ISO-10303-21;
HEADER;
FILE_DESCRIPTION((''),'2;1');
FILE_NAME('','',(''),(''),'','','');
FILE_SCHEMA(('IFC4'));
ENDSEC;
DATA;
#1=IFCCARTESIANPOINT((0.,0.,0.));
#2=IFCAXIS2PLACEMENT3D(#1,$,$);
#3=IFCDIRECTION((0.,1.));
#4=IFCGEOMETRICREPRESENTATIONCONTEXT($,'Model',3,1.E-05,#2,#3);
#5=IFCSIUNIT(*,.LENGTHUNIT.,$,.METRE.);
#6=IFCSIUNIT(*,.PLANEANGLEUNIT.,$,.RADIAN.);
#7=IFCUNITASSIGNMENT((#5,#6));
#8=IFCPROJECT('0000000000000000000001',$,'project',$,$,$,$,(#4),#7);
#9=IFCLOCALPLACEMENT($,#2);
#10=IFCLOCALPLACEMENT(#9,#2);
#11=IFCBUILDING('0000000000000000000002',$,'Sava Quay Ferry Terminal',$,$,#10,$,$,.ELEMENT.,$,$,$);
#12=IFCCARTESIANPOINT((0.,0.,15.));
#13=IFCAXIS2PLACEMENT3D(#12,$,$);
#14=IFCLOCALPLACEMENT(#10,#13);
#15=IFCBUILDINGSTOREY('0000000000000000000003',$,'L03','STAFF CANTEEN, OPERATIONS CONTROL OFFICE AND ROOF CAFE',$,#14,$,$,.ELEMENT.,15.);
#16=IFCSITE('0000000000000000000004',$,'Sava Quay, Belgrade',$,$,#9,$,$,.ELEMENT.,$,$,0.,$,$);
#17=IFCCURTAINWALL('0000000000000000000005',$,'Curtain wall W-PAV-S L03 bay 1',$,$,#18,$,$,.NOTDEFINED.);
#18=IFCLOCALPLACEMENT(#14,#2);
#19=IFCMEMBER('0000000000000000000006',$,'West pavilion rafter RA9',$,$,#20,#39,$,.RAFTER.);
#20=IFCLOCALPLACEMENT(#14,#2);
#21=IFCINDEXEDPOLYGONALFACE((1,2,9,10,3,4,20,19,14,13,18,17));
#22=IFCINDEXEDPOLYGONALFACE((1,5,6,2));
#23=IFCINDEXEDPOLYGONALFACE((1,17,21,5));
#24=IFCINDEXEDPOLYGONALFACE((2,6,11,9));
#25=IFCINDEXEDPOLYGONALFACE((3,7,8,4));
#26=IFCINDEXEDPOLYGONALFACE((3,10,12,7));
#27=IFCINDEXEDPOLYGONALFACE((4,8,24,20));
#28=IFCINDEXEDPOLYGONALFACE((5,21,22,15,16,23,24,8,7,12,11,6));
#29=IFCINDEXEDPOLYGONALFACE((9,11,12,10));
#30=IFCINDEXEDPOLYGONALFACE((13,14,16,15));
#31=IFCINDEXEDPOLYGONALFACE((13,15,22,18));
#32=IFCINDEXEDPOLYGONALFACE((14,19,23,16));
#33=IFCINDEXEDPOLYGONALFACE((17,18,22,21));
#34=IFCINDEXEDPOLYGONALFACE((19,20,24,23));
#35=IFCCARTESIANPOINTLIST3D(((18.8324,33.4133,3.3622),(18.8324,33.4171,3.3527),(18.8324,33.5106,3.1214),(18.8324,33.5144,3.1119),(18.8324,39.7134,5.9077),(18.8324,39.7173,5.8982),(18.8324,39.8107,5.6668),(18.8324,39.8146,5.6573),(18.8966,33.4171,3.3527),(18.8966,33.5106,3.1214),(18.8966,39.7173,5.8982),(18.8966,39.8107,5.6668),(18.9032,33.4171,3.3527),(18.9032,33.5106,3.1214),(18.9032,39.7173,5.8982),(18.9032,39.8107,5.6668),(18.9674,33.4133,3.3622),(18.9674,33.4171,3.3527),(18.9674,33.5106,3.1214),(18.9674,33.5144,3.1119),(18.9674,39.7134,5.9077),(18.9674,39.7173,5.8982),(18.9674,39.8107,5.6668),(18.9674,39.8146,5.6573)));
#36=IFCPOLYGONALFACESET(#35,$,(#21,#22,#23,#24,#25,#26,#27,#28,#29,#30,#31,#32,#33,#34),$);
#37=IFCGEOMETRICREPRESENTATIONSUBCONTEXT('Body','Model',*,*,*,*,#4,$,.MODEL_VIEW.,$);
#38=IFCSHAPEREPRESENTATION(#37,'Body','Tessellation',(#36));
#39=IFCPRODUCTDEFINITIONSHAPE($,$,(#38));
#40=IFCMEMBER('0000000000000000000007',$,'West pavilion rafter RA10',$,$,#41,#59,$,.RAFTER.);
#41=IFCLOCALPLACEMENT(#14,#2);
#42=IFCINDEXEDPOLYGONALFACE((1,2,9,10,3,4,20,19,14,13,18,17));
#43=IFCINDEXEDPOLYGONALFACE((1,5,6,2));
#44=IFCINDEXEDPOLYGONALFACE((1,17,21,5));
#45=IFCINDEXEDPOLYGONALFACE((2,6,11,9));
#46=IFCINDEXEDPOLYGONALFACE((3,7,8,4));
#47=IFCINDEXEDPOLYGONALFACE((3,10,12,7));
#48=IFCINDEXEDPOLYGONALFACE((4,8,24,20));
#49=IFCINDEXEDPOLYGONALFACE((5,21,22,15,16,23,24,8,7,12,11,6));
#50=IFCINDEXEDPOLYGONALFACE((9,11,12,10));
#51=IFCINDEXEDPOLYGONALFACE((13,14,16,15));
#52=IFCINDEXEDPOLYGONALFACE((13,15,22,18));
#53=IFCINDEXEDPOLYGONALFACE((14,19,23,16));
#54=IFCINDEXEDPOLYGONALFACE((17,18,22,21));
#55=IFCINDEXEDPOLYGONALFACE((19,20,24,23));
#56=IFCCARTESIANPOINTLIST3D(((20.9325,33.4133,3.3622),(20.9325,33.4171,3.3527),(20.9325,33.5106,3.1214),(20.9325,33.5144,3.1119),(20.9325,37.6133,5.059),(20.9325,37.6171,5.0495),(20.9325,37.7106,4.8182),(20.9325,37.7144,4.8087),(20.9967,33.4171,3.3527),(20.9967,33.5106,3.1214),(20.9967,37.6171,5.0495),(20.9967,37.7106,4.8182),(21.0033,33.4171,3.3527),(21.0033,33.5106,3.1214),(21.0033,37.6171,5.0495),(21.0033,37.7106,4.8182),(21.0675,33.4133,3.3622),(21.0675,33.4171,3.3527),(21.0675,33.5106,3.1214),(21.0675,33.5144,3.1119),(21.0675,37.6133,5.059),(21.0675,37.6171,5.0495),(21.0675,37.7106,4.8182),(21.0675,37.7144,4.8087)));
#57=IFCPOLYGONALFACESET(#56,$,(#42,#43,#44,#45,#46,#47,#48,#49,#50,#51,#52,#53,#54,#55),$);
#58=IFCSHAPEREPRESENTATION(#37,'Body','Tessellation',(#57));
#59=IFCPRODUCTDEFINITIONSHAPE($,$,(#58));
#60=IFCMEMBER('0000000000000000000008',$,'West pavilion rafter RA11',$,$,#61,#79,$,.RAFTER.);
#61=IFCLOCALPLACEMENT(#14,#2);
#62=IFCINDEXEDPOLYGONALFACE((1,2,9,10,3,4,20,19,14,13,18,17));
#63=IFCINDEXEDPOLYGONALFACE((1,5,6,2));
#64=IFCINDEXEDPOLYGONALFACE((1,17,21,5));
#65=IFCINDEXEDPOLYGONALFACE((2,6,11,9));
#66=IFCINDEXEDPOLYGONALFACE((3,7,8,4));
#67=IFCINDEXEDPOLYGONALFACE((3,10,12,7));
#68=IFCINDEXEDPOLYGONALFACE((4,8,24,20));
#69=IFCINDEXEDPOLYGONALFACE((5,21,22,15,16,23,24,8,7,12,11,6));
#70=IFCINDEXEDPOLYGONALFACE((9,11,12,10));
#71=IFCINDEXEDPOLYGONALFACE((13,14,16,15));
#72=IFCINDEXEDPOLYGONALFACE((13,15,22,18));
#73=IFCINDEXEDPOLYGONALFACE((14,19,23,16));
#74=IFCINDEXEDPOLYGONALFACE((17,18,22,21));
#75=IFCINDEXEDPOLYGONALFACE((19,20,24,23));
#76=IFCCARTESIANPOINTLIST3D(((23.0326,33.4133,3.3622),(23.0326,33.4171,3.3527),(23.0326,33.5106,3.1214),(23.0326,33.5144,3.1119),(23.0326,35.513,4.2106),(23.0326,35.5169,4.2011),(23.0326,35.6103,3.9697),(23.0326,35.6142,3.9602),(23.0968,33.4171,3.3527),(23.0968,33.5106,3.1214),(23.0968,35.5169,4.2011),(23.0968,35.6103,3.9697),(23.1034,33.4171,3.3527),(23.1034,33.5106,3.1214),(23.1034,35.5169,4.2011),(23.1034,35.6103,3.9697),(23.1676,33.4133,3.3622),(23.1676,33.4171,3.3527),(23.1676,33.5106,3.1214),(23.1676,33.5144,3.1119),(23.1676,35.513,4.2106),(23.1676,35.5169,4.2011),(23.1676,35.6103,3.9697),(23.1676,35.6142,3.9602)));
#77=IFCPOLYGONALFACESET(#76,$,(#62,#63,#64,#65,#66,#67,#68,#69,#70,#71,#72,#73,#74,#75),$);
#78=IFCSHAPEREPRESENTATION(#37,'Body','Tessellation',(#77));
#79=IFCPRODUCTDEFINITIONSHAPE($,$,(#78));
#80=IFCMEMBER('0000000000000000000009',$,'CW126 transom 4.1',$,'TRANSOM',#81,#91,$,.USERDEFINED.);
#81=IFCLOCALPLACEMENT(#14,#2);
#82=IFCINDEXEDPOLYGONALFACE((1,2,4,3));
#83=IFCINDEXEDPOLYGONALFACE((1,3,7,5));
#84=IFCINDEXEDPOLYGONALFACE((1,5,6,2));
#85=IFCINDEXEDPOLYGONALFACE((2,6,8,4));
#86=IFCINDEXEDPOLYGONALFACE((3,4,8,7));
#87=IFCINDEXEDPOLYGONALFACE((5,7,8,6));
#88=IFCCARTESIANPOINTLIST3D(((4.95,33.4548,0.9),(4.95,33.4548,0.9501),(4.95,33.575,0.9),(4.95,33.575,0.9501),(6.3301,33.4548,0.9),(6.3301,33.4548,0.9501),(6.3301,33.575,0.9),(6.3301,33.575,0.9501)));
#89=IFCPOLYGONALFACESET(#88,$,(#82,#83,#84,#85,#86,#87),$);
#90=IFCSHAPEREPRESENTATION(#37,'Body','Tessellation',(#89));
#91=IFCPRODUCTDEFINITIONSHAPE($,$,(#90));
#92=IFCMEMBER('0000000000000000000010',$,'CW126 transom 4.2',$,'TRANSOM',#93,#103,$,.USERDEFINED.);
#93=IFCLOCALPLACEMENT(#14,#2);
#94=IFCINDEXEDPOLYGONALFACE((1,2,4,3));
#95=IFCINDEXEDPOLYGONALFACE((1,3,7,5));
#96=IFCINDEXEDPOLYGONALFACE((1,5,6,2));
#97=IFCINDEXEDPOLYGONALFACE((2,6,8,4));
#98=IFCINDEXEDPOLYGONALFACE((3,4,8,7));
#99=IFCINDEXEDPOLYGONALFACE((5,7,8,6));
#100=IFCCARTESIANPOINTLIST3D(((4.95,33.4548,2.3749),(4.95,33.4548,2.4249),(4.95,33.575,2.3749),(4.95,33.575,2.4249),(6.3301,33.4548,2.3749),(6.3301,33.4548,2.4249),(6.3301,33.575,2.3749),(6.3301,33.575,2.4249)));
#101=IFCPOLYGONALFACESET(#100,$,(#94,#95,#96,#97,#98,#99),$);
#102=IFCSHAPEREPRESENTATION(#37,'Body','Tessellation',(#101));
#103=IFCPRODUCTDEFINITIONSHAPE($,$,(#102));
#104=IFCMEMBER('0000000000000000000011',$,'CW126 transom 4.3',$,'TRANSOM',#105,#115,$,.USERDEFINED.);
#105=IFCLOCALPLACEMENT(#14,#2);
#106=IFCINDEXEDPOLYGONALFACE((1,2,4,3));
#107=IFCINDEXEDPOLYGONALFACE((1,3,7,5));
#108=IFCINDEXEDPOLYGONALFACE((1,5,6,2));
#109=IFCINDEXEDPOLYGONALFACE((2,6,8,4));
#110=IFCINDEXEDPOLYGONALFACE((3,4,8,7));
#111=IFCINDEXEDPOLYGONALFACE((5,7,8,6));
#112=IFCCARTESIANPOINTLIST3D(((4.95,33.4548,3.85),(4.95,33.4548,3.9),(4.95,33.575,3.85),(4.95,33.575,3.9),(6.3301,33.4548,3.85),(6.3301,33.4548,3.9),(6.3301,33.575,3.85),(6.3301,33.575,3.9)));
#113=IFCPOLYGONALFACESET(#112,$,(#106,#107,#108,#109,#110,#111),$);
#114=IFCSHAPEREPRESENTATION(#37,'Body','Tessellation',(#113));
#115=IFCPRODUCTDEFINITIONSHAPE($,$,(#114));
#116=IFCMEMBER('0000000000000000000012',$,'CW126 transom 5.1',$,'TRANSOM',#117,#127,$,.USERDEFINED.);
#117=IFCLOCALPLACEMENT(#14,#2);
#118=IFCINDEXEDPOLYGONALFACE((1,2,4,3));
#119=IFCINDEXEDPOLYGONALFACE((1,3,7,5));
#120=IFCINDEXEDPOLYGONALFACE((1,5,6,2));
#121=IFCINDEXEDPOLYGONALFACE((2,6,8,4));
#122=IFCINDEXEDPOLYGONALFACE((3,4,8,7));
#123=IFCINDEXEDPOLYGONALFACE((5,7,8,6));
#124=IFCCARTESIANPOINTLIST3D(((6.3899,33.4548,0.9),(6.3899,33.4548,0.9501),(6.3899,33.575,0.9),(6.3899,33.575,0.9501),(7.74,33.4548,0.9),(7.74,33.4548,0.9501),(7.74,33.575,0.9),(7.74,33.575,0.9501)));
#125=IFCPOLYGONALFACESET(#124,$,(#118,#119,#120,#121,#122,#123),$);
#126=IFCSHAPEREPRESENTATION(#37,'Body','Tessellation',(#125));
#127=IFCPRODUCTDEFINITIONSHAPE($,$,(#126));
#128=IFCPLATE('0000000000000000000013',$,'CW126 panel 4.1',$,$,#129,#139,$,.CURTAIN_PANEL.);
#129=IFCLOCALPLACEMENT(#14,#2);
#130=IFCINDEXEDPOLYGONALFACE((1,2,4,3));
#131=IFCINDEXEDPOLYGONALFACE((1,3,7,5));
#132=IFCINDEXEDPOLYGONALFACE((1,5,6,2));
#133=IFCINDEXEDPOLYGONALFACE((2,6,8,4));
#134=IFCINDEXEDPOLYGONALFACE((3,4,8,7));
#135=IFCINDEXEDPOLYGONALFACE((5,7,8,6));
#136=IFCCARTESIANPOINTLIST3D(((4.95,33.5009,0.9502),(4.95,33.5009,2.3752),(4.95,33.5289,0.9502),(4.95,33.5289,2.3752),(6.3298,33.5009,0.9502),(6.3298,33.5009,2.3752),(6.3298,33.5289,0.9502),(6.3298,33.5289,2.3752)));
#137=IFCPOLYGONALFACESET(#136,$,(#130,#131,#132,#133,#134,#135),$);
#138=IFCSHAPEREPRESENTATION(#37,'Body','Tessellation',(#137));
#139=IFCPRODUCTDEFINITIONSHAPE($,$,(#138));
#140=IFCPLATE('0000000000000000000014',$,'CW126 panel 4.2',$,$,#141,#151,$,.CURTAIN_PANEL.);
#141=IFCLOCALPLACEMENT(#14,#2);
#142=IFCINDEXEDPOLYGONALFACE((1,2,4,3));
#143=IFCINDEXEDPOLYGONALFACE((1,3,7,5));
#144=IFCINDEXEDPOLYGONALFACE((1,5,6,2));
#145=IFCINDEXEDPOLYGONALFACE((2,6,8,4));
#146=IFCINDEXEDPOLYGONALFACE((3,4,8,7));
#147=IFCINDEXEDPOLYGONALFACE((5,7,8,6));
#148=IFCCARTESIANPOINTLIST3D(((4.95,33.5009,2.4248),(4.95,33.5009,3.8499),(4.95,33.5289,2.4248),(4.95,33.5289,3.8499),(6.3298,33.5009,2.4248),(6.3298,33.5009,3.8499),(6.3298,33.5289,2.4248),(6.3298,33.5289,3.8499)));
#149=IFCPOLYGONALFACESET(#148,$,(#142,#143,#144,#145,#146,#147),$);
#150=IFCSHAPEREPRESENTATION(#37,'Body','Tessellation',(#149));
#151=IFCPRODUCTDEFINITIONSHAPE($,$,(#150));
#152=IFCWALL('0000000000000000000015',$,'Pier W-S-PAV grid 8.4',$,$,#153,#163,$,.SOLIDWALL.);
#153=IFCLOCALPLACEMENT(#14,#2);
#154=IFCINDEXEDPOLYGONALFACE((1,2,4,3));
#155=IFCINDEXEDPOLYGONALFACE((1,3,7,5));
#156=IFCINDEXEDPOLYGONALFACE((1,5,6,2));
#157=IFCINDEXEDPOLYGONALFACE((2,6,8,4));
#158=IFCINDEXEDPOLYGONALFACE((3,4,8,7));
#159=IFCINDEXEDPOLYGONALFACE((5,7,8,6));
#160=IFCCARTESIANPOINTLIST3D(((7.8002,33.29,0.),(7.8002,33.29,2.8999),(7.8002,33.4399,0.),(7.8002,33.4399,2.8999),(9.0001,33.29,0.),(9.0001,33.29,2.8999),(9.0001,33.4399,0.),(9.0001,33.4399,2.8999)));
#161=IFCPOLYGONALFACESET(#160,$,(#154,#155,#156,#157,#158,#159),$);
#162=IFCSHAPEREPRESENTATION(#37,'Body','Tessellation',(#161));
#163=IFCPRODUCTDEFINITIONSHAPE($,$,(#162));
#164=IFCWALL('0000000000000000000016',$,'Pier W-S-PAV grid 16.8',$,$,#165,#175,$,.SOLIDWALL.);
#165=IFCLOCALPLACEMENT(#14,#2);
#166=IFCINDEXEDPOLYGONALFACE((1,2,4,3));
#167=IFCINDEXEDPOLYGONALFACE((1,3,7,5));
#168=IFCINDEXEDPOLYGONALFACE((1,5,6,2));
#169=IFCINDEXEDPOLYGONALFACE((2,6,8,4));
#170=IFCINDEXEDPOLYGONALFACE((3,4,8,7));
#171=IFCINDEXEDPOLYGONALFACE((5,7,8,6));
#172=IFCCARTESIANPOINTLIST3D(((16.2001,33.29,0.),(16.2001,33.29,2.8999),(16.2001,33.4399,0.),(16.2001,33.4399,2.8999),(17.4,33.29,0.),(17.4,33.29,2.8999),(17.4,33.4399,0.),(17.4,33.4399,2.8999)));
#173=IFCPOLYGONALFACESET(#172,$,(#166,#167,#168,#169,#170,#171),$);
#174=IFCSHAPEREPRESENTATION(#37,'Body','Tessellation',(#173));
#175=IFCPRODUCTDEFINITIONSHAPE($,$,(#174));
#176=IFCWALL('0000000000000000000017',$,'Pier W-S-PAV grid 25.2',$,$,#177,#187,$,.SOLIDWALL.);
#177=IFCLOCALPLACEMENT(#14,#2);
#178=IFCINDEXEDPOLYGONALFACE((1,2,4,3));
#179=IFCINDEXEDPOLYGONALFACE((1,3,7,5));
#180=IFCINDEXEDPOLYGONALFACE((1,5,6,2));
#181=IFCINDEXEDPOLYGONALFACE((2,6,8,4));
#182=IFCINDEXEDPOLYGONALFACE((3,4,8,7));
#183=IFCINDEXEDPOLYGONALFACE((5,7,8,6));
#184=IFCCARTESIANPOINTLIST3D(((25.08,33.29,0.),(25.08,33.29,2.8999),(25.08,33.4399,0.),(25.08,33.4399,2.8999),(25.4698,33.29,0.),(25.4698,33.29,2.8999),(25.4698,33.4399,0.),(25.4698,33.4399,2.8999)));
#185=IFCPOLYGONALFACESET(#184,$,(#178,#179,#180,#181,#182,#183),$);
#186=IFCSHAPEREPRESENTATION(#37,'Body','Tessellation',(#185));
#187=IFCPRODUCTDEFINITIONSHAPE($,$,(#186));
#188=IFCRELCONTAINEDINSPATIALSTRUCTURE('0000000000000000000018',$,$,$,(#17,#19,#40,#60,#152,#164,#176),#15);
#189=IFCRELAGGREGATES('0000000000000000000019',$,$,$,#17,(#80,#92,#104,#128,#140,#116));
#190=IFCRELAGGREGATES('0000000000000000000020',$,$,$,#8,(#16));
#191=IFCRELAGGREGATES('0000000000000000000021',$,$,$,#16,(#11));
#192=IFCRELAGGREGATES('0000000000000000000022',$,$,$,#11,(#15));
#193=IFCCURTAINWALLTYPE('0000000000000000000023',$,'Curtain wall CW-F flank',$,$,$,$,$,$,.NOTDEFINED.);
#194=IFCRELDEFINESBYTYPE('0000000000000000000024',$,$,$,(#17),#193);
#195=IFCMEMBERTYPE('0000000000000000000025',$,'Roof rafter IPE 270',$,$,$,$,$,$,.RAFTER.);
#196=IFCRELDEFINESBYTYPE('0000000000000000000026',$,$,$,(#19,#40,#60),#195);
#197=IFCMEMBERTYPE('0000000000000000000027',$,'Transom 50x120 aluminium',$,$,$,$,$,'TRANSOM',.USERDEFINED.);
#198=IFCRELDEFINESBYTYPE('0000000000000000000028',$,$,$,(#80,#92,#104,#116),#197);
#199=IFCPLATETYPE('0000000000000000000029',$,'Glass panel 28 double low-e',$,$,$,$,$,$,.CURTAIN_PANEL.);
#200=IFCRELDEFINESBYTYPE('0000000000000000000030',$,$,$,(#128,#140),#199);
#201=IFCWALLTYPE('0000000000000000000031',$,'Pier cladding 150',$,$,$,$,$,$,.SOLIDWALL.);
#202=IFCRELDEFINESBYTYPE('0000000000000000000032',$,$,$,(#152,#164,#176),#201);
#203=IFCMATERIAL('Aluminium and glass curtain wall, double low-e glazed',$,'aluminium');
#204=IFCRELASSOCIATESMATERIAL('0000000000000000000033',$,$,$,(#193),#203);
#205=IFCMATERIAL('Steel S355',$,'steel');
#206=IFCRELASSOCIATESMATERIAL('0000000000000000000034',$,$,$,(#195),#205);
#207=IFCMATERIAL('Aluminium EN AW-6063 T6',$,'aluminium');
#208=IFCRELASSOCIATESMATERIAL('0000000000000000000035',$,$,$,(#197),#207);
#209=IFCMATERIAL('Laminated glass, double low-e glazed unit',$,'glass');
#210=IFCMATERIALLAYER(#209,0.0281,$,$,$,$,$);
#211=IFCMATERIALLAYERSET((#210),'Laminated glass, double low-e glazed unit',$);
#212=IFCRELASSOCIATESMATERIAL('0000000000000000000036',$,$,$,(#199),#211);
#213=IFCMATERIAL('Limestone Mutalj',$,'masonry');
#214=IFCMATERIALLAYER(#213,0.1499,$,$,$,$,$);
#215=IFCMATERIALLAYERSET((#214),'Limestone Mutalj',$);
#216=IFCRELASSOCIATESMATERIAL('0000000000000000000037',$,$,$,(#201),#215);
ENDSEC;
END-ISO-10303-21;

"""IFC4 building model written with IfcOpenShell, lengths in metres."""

from ifc_helpers import new_model, si_unit, direction, frame, frame_2d, origin, origin_2d, place, context, subcontext, project, spatial, rectangle, i_section, extrude, material, layer, layer_set, material_profile, profile_set, type_object, element, aggregate, save


model = new_model("IFC4")

# Units and contexts
model_context = context("Model", 3, precision=1e-05, world=origin(), true_north=direction((0.0, 1.0)))
body_context = subcontext(model_context, "Body", "Model", "MODEL_VIEW")
ifc_project = project(units=[si_unit("LENGTHUNIT", "METRE"), si_unit("PLANEANGLEUNIT", "RADIAN")], contexts=[model_context])

# Site, building, storey
site_placement = place(None, origin())
site = spatial("IfcSite", under=ifc_project, at=site_placement, Name="Sava Quay, Belgrade", CompositionType="ELEMENT", RefElevation=0.0)
building_placement = place(site_placement, origin())
building = spatial("IfcBuilding", under=site, at=building_placement, Name="Sava Quay Ferry Terminal", CompositionType="ELEMENT")
storey_placement = place(building_placement, frame((0.0, 0.0, 15.0)))
storey = spatial("IfcBuildingStorey", under=building, at=storey_placement, Name="L03", Description="STAFF CANTEEN, OPERATIONS CONTROL OFFICE AND ROOF CAFE", CompositionType="ELEMENT", Elevation=15.0)

# Curtain wall
ifc_material_1 = material(Name="Aluminium and glass curtain wall, double low-e glazed", Category="aluminium")
curtain_wall_type = type_object("IfcCurtainWallType", Name="Curtain wall CW-F flank", PredefinedType="NOTDEFINED", material=ifc_material_1)
curtain_wall_placement = place(storey_placement, origin())
curtain_wall = element("IfcCurtainWall", 1, at=curtain_wall_placement, inside=storey, type_object=curtain_wall_type, Name="Curtain wall W-PAV-S L03 bay 1", PredefinedType="NOTDEFINED")

# Members
ifc_material_2 = material(Name="Steel S355", Category="steel")
ifc_material_profile_1 = material_profile(ifc_material_2, i_section(OverallWidth=0.135, OverallDepth=0.27, WebThickness=0.0066, FlangeThickness=0.0103, at=origin_2d()), Name="IPE 270")
ifc_profile_set_1 = profile_set([ifc_material_profile_1], Name="Steel S355")
member_type_1 = type_object("IfcMemberType", Name="Roof rafter IPE 270", PredefinedType="RAFTER", material=ifc_profile_set_1)
member_1_placement = place(storey_placement, frame((18.8999, 33.4639, 3.2371), z_axis=(0.0, 0.927183, 0.37461), x_axis=(-1.0, 0.0, 0.0)))
element("IfcMember", 2, at=member_1_placement, inside=storey, type_object=member_type_1, Name="West pavilion rafter RA9", PredefinedType="RAFTER", context=body_context, shape_type="SweptSolid", body=[
    extrude(i_section(OverallWidth=0.135, OverallDepth=0.27, WebThickness=0.0066, FlangeThickness=0.0103, at=origin_2d()), origin(), (0.0, 0.0, 1.0), 6.7949),
])
member_2_placement = place(storey_placement, frame((21.0, 33.4639, 3.2371), z_axis=(0.0, 0.927193, 0.374585), x_axis=(-1.0, 0.0, 0.0)))
element("IfcMember", 3, at=member_2_placement, inside=storey, type_object=member_type_1, Name="West pavilion rafter RA10", PredefinedType="RAFTER", context=body_context, shape_type="SweptSolid", body=[
    extrude(i_section(OverallWidth=0.135, OverallDepth=0.27, WebThickness=0.0066, FlangeThickness=0.0103, at=origin_2d()), origin(), (0.0, 0.0, 1.0), 4.5298),
])
member_3_placement = place(storey_placement, frame((23.1001, 33.4639, 3.2371), z_axis=(0.0, 0.927185, 0.374604), x_axis=(-1.0, 0.0, 0.0)))
element("IfcMember", 4, at=member_3_placement, inside=storey, type_object=member_type_1, Name="West pavilion rafter RA11", PredefinedType="RAFTER", context=body_context, shape_type="SweptSolid", body=[
    extrude(i_section(OverallWidth=0.135, OverallDepth=0.27, WebThickness=0.0066, FlangeThickness=0.0103, at=origin_2d()), origin(), (0.0, 0.0, 1.0), 2.2646),
])

# Members
ifc_material_3 = material(Name="Aluminium EN AW-6063 T6", Category="aluminium")
ifc_material_profile_2 = material_profile(ifc_material_3, rectangle(XDim=0.1201, YDim=0.05, at=origin_2d()), Name="Transom 50x120 aluminium")
ifc_profile_set_2 = profile_set([ifc_material_profile_2], Name="Aluminium EN AW-6063 T6")
member_type_2 = type_object("IfcMemberType", Name="Transom 50x120 aluminium", ElementType="TRANSOM", PredefinedType="USERDEFINED", material=ifc_profile_set_2)
member_4_placement = place(storey_placement, frame((4.95, 33.5149, 0.925), z_axis=(1.0, 0.0, 0.0), x_axis=(0.0, 1.0, 0.0)))
member_4 = element("IfcMember", 5, at=member_4_placement, type_object=member_type_2, Name="CW126 transom 4.1", ObjectType="TRANSOM", PredefinedType="USERDEFINED", context=body_context, shape_type="SweptSolid", body=[
    extrude(rectangle(XDim=0.1201, YDim=0.05, at=origin_2d()), origin(), (0.0, 0.0, 1.0), 1.3801),
])
member_5_placement = place(storey_placement, frame((4.95, 33.5149, 2.3999), z_axis=(1.0, 0.0, 0.0), x_axis=(0.0, 1.0, 0.0)))
member_5 = element("IfcMember", 6, at=member_5_placement, type_object=member_type_2, Name="CW126 transom 4.2", ObjectType="TRANSOM", PredefinedType="USERDEFINED", context=body_context, shape_type="SweptSolid", body=[
    extrude(rectangle(XDim=0.1201, YDim=0.05, at=origin_2d()), origin(), (0.0, 0.0, 1.0), 1.3801),
])
member_6_placement = place(storey_placement, frame((4.95, 33.5149, 3.875), z_axis=(1.0, 0.0, 0.0), x_axis=(0.0, 1.0, 0.0)))
member_6 = element("IfcMember", 7, at=member_6_placement, type_object=member_type_2, Name="CW126 transom 4.3", ObjectType="TRANSOM", PredefinedType="USERDEFINED", context=body_context, shape_type="SweptSolid", body=[
    extrude(rectangle(XDim=0.1201, YDim=0.05, at=origin_2d()), origin(), (0.0, 0.0, 1.0), 1.3801),
])
member_7_placement = place(storey_placement, frame((6.3899, 33.5149, 0.925), z_axis=(1.0, 0.0, 0.0), x_axis=(0.0, 1.0, 0.0)))
member_7 = element("IfcMember", 8, at=member_7_placement, type_object=member_type_2, Name="CW126 transom 5.1", ObjectType="TRANSOM", PredefinedType="USERDEFINED", context=body_context, shape_type="SweptSolid", body=[
    extrude(rectangle(XDim=0.1201, YDim=0.05, at=origin_2d()), origin(), (0.0, 0.0, 1.0), 1.3501),
])

# Plates
ifc_material_4 = material(Name="Laminated glass, double low-e glazed unit", Category="glass")
ifc_layer_1 = layer(ifc_material_4, 0.0281)
ifc_layer_set_1 = layer_set([ifc_layer_1], Name="Laminated glass, double low-e glazed unit")
plate_type = type_object("IfcPlateType", Name="Glass panel 28 double low-e", PredefinedType="CURTAIN_PANEL", material=ifc_layer_set_1)
plate_1_placement = place(storey_placement, frame((5.6399, 33.5149, 0.9502), z_axis=(0.0, 0.0, 1.0), x_axis=(1.0, 0.0, 0.0)))
plate_1 = element("IfcPlate", 9, at=plate_1_placement, type_object=plate_type, Name="CW126 panel 4.1", PredefinedType="CURTAIN_PANEL", context=body_context, shape_type="SweptSolid", body=[
    extrude(rectangle(XDim=1.3799, YDim=0.0281, at=origin_2d()), origin(), (0.0, 0.0, 1.0), 1.425),
])
plate_2_placement = place(storey_placement, frame((5.6399, 33.5149, 2.4248), z_axis=(0.0, 0.0, 1.0), x_axis=(1.0, 0.0, 0.0)))
plate_2 = element("IfcPlate", 10, at=plate_2_placement, type_object=plate_type, Name="CW126 panel 4.2", PredefinedType="CURTAIN_PANEL", context=body_context, shape_type="SweptSolid", body=[
    extrude(rectangle(XDim=1.3799, YDim=0.0281, at=origin_2d()), origin(), (0.0, 0.0, 1.0), 1.425),
])
aggregate(curtain_wall, [member_4, member_5, member_6, plate_1, plate_2, member_7])

# Walls
ifc_material_5 = material(Name="Limestone Mutalj", Category="masonry")
ifc_layer_2 = layer(ifc_material_5, 0.1499)
ifc_layer_set_2 = layer_set([ifc_layer_2], Name="Limestone Mutalj")
wall_type = type_object("IfcWallType", Name="Pier cladding 150", PredefinedType="SOLIDWALL", material=ifc_layer_set_2)
for number, where, z_axis, x_axis, name in (
    (11, (7.8, 33.365, 0.0), (0.0, 0.0, 1.0), (1.0, 0.0, 0.0), "Pier W-S-PAV grid 8.4"),
    (12, (16.2, 33.365, 0.0), (0.0, 0.0, 1.0), (1.0, 0.0, 0.0), "Pier W-S-PAV grid 16.8"),
):
    element("IfcWall", number, at=place(storey_placement, frame(where, z_axis=z_axis, x_axis=x_axis)), inside=storey, type_object=wall_type, Name=name, PredefinedType="SOLIDWALL", context=body_context, shape_type="SweptSolid", body=[
        extrude(rectangle(XDim=1.2, YDim=0.1499, at=frame_2d((0.6001, 0.0))), origin(), (0.0, 0.0, 1.0), 2.8999),
    ])
wall_placement = place(storey_placement, frame((25.0801, 33.365, 0.0), z_axis=(0.0, 0.0, 1.0), x_axis=(1.0, 0.0, 0.0)))
element("IfcWall", 13, at=wall_placement, inside=storey, type_object=wall_type, Name="Pier W-S-PAV grid 25.2", PredefinedType="SOLIDWALL", context=body_context, shape_type="SweptSolid", body=[
    extrude(rectangle(XDim=0.3899, YDim=0.1499, at=frame_2d((0.1948, 0.0))), origin(), (0.0, 0.0, 1.0), 2.8999),
])

save(model, "model.ifc")
